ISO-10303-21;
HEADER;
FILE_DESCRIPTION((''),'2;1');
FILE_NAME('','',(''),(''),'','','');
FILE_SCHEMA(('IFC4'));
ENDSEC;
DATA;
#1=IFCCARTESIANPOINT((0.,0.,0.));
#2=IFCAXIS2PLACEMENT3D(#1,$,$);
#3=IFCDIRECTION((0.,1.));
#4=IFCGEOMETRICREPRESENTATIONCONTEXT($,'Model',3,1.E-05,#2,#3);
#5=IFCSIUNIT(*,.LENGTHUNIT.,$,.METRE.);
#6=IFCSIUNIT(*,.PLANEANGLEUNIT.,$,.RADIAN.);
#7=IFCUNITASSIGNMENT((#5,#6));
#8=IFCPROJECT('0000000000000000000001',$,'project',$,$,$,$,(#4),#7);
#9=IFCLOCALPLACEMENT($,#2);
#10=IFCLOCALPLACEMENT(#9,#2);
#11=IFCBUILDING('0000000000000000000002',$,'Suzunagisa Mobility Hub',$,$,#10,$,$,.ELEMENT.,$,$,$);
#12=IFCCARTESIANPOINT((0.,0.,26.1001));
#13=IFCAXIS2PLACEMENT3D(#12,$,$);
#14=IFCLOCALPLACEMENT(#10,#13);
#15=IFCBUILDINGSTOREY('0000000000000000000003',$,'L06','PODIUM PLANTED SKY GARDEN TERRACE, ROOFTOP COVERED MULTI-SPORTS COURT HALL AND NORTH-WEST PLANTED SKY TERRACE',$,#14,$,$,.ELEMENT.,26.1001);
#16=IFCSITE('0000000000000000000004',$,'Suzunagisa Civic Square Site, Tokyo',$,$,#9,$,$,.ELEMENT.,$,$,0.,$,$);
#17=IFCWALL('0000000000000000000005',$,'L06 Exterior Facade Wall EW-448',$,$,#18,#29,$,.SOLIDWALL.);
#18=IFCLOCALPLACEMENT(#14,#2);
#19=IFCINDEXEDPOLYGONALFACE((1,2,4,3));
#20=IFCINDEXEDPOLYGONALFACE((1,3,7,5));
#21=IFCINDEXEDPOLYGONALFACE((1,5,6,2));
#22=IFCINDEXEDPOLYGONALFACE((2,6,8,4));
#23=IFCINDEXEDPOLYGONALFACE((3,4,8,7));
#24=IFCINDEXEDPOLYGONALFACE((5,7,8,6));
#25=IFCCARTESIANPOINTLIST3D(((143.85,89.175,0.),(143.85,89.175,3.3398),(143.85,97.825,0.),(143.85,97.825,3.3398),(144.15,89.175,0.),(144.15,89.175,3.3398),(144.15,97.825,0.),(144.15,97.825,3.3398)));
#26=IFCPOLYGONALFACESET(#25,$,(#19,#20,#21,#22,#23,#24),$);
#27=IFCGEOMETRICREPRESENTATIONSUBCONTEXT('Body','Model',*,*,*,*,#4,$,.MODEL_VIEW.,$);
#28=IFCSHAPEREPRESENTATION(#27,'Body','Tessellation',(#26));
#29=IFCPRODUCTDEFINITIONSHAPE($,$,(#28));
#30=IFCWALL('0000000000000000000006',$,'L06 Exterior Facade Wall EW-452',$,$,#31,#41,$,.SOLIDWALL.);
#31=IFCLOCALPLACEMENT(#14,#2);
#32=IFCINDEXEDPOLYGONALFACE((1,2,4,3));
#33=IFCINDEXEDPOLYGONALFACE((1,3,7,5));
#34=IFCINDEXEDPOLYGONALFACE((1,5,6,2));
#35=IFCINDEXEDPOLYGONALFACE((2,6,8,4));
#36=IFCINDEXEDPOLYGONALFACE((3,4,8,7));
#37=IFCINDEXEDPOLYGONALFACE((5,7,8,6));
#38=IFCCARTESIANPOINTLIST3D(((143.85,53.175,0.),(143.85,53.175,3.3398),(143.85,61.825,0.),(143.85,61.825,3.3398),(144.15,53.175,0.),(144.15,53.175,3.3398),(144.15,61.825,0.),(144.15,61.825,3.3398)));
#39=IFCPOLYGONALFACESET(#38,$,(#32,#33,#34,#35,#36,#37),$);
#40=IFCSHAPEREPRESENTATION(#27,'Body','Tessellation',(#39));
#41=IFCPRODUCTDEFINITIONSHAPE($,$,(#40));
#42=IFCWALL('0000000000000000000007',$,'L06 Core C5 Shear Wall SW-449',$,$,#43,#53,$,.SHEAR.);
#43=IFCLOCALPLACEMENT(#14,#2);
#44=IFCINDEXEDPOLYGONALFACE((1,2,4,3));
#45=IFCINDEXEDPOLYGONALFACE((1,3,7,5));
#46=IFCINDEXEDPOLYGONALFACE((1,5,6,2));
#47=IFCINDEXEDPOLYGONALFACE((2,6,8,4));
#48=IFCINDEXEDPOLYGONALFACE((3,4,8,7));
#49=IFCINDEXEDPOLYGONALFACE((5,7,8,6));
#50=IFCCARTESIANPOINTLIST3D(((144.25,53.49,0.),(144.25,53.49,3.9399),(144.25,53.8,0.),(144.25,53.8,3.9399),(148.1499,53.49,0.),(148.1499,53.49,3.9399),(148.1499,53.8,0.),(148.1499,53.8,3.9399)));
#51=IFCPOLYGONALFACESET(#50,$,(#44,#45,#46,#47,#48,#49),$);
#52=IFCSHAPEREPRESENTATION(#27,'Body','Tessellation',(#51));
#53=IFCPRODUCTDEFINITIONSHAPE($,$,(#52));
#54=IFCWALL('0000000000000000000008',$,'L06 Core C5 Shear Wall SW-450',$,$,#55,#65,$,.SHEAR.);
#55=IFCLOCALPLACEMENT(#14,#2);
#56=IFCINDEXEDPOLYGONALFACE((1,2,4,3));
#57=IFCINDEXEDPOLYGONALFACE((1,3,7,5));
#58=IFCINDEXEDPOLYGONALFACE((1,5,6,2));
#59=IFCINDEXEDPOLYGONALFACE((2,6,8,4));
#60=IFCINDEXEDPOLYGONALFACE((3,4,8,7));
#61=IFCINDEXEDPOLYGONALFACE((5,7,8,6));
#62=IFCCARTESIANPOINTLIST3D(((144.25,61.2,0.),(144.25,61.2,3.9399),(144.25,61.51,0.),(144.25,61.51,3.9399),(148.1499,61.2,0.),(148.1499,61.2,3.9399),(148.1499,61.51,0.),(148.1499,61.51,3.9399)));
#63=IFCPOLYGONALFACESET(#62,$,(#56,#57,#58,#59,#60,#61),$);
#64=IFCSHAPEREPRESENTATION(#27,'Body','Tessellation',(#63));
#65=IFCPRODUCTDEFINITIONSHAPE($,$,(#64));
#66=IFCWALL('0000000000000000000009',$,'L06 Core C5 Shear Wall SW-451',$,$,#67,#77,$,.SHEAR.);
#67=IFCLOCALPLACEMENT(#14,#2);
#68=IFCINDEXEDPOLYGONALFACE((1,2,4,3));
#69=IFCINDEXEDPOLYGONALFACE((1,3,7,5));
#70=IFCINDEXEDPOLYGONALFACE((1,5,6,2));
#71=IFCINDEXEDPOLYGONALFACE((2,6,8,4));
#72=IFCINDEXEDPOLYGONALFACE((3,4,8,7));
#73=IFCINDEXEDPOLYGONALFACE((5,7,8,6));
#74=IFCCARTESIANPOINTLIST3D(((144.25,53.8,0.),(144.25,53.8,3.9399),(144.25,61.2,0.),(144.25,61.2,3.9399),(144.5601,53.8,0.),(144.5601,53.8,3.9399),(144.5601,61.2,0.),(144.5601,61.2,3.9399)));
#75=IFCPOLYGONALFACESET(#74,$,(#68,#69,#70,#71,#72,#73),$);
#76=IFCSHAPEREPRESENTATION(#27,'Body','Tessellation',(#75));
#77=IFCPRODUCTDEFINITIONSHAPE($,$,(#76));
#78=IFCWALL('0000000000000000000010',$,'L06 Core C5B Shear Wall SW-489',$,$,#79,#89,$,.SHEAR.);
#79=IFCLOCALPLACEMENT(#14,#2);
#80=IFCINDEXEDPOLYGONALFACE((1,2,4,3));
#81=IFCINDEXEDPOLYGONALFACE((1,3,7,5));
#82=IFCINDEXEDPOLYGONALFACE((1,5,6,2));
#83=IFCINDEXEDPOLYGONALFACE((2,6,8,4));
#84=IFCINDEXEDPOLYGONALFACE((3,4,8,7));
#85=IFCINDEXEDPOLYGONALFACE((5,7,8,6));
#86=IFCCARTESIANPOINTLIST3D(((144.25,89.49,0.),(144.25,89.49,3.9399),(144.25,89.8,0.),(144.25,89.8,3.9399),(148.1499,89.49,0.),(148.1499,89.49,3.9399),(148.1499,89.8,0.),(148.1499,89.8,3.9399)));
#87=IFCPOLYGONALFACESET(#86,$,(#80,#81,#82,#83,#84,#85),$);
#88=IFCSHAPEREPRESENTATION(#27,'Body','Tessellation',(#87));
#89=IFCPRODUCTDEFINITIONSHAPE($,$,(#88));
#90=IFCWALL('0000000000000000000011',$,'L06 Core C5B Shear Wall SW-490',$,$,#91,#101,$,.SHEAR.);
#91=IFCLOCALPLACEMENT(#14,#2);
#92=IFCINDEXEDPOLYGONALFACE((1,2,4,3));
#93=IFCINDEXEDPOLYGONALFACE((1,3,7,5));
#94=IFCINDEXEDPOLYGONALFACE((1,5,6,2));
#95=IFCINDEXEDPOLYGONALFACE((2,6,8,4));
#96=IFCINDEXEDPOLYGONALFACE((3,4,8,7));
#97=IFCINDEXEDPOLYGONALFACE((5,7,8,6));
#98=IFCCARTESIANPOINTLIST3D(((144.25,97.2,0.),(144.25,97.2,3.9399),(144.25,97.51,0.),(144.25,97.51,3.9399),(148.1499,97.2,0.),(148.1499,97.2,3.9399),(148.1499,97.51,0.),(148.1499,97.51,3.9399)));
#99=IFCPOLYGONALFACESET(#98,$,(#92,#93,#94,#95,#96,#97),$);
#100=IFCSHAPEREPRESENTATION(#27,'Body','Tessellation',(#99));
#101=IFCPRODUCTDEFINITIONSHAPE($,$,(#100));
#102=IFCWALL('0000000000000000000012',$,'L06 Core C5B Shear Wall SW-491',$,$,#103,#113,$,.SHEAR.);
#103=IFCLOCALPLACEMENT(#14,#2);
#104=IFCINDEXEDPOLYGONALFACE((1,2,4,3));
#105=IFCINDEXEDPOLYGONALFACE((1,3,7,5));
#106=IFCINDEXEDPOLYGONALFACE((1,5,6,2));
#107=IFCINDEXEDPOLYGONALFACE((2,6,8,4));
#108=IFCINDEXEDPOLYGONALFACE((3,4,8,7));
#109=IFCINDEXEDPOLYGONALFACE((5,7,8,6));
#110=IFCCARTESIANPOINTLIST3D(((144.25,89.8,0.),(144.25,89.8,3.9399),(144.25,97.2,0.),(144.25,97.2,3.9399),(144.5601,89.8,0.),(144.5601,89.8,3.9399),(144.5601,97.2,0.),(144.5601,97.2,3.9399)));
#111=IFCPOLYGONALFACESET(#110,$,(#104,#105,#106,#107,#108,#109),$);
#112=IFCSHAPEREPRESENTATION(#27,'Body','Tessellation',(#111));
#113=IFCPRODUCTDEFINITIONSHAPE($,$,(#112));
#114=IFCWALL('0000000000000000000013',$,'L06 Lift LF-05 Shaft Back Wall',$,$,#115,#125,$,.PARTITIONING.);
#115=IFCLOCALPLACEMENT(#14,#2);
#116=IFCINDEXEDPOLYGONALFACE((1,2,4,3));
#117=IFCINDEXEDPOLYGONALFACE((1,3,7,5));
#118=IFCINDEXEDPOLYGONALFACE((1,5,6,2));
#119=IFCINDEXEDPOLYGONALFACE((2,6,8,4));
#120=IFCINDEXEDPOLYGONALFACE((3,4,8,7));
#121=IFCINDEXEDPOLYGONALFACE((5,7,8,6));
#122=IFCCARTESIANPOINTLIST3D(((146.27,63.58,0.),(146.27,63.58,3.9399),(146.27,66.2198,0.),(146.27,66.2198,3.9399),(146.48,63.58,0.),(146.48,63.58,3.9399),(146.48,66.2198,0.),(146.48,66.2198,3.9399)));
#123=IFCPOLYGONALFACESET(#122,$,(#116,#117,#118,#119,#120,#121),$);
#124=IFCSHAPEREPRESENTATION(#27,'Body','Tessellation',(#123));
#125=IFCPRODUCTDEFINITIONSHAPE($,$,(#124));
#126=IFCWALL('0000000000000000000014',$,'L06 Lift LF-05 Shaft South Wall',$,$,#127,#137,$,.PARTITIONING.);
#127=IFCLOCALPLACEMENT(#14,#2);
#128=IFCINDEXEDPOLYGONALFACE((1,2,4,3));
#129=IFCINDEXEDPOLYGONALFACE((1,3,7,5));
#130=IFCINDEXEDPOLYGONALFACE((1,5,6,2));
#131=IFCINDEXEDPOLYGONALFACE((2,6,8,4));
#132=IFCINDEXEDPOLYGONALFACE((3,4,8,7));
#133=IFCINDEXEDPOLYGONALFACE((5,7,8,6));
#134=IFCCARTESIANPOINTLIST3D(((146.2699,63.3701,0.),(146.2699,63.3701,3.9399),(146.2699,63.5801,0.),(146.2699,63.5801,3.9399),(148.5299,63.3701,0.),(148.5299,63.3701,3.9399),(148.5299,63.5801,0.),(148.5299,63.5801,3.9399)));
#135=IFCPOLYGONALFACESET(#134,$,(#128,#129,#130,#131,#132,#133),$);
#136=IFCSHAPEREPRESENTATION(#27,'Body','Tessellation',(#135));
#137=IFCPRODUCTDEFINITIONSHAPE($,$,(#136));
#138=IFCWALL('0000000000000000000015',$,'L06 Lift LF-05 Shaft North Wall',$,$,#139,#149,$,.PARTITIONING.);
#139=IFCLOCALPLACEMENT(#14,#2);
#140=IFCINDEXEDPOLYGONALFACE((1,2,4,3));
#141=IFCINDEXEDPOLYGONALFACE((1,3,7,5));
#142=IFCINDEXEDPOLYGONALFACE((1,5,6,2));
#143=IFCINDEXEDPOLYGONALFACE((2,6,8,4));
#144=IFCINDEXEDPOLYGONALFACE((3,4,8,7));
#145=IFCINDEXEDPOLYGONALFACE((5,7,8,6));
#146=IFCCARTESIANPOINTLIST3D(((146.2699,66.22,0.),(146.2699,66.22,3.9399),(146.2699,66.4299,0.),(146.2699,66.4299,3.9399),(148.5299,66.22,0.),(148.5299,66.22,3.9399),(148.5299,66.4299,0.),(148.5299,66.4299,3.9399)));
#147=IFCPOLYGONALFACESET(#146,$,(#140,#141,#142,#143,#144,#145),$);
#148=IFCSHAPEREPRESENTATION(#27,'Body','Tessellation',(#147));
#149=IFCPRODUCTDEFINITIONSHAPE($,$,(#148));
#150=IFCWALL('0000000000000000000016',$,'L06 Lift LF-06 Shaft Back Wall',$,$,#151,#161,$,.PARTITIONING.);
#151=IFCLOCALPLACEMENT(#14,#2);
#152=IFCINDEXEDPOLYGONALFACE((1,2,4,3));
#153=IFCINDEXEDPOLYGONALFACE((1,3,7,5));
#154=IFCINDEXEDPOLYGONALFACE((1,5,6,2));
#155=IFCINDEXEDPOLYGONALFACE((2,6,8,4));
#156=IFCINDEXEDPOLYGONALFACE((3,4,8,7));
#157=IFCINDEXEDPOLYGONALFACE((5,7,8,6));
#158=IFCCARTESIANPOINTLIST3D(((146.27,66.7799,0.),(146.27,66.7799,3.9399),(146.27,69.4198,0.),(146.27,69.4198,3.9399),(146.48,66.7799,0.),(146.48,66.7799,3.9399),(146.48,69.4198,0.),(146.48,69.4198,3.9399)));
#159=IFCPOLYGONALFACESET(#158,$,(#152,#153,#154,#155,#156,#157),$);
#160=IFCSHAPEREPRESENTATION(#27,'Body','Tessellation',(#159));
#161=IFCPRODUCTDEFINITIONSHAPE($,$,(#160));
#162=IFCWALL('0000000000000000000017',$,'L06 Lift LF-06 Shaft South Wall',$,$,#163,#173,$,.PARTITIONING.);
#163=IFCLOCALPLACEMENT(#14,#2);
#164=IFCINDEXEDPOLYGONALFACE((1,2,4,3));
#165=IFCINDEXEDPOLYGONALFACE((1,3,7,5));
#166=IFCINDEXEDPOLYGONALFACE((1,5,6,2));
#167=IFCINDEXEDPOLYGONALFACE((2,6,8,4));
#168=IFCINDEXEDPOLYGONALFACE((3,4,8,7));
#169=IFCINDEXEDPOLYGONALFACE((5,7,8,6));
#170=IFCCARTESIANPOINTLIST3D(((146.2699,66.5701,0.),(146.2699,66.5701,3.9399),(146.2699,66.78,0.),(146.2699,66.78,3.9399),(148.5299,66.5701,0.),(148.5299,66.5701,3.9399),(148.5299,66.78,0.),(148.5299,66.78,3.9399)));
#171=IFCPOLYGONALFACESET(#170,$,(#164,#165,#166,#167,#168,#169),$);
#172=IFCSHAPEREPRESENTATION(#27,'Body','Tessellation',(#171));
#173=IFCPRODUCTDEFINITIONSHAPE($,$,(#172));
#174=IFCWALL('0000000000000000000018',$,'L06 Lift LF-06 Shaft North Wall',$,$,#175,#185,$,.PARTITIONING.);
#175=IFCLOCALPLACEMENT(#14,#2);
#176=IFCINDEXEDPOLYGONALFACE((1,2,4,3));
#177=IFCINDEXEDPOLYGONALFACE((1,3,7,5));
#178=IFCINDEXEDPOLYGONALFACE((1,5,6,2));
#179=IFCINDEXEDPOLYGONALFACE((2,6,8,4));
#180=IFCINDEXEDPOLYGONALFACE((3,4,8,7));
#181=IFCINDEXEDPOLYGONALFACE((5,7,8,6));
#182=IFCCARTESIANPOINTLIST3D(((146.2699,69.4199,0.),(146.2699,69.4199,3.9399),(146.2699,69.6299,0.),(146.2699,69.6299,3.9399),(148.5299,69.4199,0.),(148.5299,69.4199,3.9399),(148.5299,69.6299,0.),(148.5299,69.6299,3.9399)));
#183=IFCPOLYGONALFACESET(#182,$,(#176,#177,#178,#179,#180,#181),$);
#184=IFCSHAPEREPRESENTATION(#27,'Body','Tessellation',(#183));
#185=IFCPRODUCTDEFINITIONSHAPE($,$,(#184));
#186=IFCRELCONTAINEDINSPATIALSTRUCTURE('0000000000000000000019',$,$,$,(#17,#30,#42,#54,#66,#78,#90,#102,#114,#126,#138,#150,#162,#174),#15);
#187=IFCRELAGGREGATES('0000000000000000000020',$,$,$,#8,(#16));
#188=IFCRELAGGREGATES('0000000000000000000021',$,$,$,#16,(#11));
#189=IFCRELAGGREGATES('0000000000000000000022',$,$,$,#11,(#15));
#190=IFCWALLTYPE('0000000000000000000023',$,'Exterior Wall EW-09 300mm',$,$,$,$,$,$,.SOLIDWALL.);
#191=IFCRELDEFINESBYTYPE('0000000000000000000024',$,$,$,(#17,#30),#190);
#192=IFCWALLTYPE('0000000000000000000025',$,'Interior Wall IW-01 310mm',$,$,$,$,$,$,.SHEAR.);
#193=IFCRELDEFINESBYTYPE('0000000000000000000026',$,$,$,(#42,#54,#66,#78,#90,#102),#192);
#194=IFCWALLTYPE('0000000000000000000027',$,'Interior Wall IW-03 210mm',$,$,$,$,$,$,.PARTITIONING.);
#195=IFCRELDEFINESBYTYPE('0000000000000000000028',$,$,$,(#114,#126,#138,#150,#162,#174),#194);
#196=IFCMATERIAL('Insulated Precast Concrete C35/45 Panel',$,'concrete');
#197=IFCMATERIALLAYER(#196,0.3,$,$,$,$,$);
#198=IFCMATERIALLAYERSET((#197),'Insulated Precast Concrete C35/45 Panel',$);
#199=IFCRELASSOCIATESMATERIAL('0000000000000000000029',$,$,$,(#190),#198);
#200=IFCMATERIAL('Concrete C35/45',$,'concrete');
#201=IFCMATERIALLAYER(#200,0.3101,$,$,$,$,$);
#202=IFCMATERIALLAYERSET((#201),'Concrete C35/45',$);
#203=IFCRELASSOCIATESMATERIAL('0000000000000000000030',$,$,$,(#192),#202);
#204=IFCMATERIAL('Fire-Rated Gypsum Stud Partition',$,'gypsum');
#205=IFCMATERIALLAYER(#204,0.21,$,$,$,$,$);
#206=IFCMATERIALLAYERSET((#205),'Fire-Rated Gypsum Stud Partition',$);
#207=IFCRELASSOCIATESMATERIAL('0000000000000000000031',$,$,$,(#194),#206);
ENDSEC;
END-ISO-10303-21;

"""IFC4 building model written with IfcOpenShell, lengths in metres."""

from ifc_helpers import new_model, si_unit, direction, frame, frame_2d, origin, place, context, subcontext, project, spatial, rectangle, extrude, material, layer, layer_set, type_object, element, save


model = new_model("IFC4")

# Units and contexts
model_context = context("Model", 3, precision=1e-05, world=origin(), true_north=direction((0.0, 1.0)))
body_context = subcontext(model_context, "Body", "Model", "MODEL_VIEW")
ifc_project = project(units=[si_unit("LENGTHUNIT", "METRE"), si_unit("PLANEANGLEUNIT", "RADIAN")], contexts=[model_context])

# Site, building, storey
site_placement = place(None, origin())
site = spatial("IfcSite", under=ifc_project, at=site_placement, Name="Suzunagisa Civic Square Site, Tokyo", CompositionType="ELEMENT", RefElevation=0.0)
building_placement = place(site_placement, origin())
building = spatial("IfcBuilding", under=site, at=building_placement, Name="Suzunagisa Mobility Hub", CompositionType="ELEMENT")
storey_placement = place(building_placement, frame((0.0, 0.0, 26.1001)))
storey = spatial("IfcBuildingStorey", under=building, at=storey_placement, Name="L06", Description="PODIUM PLANTED SKY GARDEN TERRACE, ROOFTOP COVERED MULTI-SPORTS COURT HALL AND NORTH-WEST PLANTED SKY TERRACE", CompositionType="ELEMENT", Elevation=26.1001)

# Walls
ifc_material_1 = material(Name="Insulated Precast Concrete C35/45 Panel", Category="concrete")
ifc_layer_1 = layer(ifc_material_1, 0.3)
ifc_layer_set_1 = layer_set([ifc_layer_1], Name="Insulated Precast Concrete C35/45 Panel")
wall_type_1 = type_object("IfcWallType", Name="Exterior Wall EW-09 300mm", PredefinedType="SOLIDWALL", material=ifc_layer_set_1)
for number, where, z_axis, x_axis, name in (
    (1, (144.0, 97.825, 0.0), (0.0, 0.0, 1.0), (0.0, -1.0, 0.0), "L06 Exterior Facade Wall EW-448"),
    (2, (144.0, 61.825, 0.0), (0.0, 0.0, 1.0), (0.0, -1.0, 0.0), "L06 Exterior Facade Wall EW-452"),
):
    element("IfcWall", number, at=place(storey_placement, frame(where, z_axis=z_axis, x_axis=x_axis)), inside=storey, type_object=wall_type_1, Name=name, PredefinedType="SOLIDWALL", context=body_context, shape_type="SweptSolid", body=[
        extrude(rectangle(XDim=8.6499, YDim=0.3, at=frame_2d((4.325, 0.0))), origin(), (0.0, 0.0, 1.0), 3.3398),
    ])
ifc_material_2 = material(Name="Concrete C35/45", Category="concrete")
ifc_layer_2 = layer(ifc_material_2, 0.3101)
ifc_layer_set_2 = layer_set([ifc_layer_2], Name="Concrete C35/45")
wall_type_2 = type_object("IfcWallType", Name="Interior Wall IW-01 310mm", PredefinedType="SHEAR", material=ifc_layer_set_2)
for number, where, z_axis, x_axis, name in (
    (3, (144.25, 53.645, 0.0), (0.0, 0.0, 1.0), (1.0, 0.0, 0.0), "L06 Core C5 Shear Wall SW-449"),
    (4, (144.25, 61.355, 0.0), (0.0, 0.0, 1.0), (1.0, 0.0, 0.0), "L06 Core C5 Shear Wall SW-450"),
):
    element("IfcWall", number, at=place(storey_placement, frame(where, z_axis=z_axis, x_axis=x_axis)), inside=storey, type_object=wall_type_2, Name=name, PredefinedType="SHEAR", context=body_context, shape_type="SweptSolid", body=[
        extrude(rectangle(XDim=3.8999, YDim=0.3101, at=frame_2d((1.95, 0.0))), origin(), (0.0, 0.0, 1.0), 3.9399),
    ])
wall_1_placement = place(storey_placement, frame((144.405, 53.8, 0.0), z_axis=(0.0, 0.0, 1.0), x_axis=(0.0, 1.0, 0.0)))
element("IfcWall", 5, at=wall_1_placement, inside=storey, type_object=wall_type_2, Name="L06 Core C5 Shear Wall SW-451", PredefinedType="SHEAR", context=body_context, shape_type="SweptSolid", body=[
    extrude(rectangle(XDim=7.3999, YDim=0.3101, at=frame_2d((3.7, 0.0))), origin(), (0.0, 0.0, 1.0), 3.9399),
])
for number, where, z_axis, x_axis, name in (
    (6, (144.25, 89.645, 0.0), (0.0, 0.0, 1.0), (1.0, 0.0, 0.0), "L06 Core C5B Shear Wall SW-489"),
    (7, (144.25, 97.355, 0.0), (0.0, 0.0, 1.0), (1.0, 0.0, 0.0), "L06 Core C5B Shear Wall SW-490"),
):
    element("IfcWall", number, at=place(storey_placement, frame(where, z_axis=z_axis, x_axis=x_axis)), inside=storey, type_object=wall_type_2, Name=name, PredefinedType="SHEAR", context=body_context, shape_type="SweptSolid", body=[
        extrude(rectangle(XDim=3.8999, YDim=0.3101, at=frame_2d((1.95, 0.0))), origin(), (0.0, 0.0, 1.0), 3.9399),
    ])
wall_2_placement = place(storey_placement, frame((144.405, 89.8, 0.0), z_axis=(0.0, 0.0, 1.0), x_axis=(0.0, 1.0, 0.0)))
element("IfcWall", 8, at=wall_2_placement, inside=storey, type_object=wall_type_2, Name="L06 Core C5B Shear Wall SW-491", PredefinedType="SHEAR", context=body_context, shape_type="SweptSolid", body=[
    extrude(rectangle(XDim=7.3999, YDim=0.3101, at=frame_2d((3.7, 0.0))), origin(), (0.0, 0.0, 1.0), 3.9399),
])
ifc_material_3 = material(Name="Fire-Rated Gypsum Stud Partition", Category="gypsum")
ifc_layer_3 = layer(ifc_material_3, 0.21)
ifc_layer_set_3 = layer_set([ifc_layer_3], Name="Fire-Rated Gypsum Stud Partition")
wall_type_3 = type_object("IfcWallType", Name="Interior Wall IW-03 210mm", PredefinedType="PARTITIONING", material=ifc_layer_set_3)
wall_3_placement = place(storey_placement, frame((146.375, 63.5801, 0.0), z_axis=(0.0, 0.0, 1.0), x_axis=(0.0, 1.0, 0.0)))
element("IfcWall", 9, at=wall_3_placement, inside=storey, type_object=wall_type_3, Name="L06 Lift LF-05 Shaft Back Wall", PredefinedType="PARTITIONING", context=body_context, shape_type="SweptSolid", body=[
    extrude(rectangle(XDim=2.6399, YDim=0.21, at=frame_2d((1.3198, 0.0))), origin(), (0.0, 0.0, 1.0), 3.9399),
])
for number, where, z_axis, x_axis, name in (
    (10, (146.27, 63.4751, 0.0), (0.0, 0.0, 1.0), (1.0, 0.0, 0.0), "L06 Lift LF-05 Shaft South Wall"),
    (11, (146.27, 66.325, 0.0), (0.0, 0.0, 1.0), (1.0, 0.0, 0.0), "L06 Lift LF-05 Shaft North Wall"),
):
    element("IfcWall", number, at=place(storey_placement, frame(where, z_axis=z_axis, x_axis=x_axis)), inside=storey, type_object=wall_type_3, Name=name, PredefinedType="PARTITIONING", context=body_context, shape_type="SweptSolid", body=[
        extrude(rectangle(XDim=2.26, YDim=0.21, at=frame_2d((1.1299, 0.0))), origin(), (0.0, 0.0, 1.0), 3.9399),
    ])
wall_4_placement = place(storey_placement, frame((146.375, 66.78, 0.0), z_axis=(0.0, 0.0, 1.0), x_axis=(0.0, 1.0, 0.0)))
element("IfcWall", 12, at=wall_4_placement, inside=storey, type_object=wall_type_3, Name="L06 Lift LF-06 Shaft Back Wall", PredefinedType="PARTITIONING", context=body_context, shape_type="SweptSolid", body=[
    extrude(rectangle(XDim=2.6399, YDim=0.21, at=frame_2d((1.3198, 0.0))), origin(), (0.0, 0.0, 1.0), 3.9399),
])
for number, where, z_axis, x_axis, name in (
    (13, (146.27, 66.675, 0.0), (0.0, 0.0, 1.0), (1.0, 0.0, 0.0), "L06 Lift LF-06 Shaft South Wall"),
    (14, (146.27, 69.5249, 0.0), (0.0, 0.0, 1.0), (1.0, 0.0, 0.0), "L06 Lift LF-06 Shaft North Wall"),
):
    element("IfcWall", number, at=place(storey_placement, frame(where, z_axis=z_axis, x_axis=x_axis)), inside=storey, type_object=wall_type_3, Name=name, PredefinedType="PARTITIONING", context=body_context, shape_type="SweptSolid", body=[
        extrude(rectangle(XDim=2.26, YDim=0.21, at=frame_2d((1.1299, 0.0))), origin(), (0.0, 0.0, 1.0), 3.9399),
    ])

save(model, "model.ifc")
